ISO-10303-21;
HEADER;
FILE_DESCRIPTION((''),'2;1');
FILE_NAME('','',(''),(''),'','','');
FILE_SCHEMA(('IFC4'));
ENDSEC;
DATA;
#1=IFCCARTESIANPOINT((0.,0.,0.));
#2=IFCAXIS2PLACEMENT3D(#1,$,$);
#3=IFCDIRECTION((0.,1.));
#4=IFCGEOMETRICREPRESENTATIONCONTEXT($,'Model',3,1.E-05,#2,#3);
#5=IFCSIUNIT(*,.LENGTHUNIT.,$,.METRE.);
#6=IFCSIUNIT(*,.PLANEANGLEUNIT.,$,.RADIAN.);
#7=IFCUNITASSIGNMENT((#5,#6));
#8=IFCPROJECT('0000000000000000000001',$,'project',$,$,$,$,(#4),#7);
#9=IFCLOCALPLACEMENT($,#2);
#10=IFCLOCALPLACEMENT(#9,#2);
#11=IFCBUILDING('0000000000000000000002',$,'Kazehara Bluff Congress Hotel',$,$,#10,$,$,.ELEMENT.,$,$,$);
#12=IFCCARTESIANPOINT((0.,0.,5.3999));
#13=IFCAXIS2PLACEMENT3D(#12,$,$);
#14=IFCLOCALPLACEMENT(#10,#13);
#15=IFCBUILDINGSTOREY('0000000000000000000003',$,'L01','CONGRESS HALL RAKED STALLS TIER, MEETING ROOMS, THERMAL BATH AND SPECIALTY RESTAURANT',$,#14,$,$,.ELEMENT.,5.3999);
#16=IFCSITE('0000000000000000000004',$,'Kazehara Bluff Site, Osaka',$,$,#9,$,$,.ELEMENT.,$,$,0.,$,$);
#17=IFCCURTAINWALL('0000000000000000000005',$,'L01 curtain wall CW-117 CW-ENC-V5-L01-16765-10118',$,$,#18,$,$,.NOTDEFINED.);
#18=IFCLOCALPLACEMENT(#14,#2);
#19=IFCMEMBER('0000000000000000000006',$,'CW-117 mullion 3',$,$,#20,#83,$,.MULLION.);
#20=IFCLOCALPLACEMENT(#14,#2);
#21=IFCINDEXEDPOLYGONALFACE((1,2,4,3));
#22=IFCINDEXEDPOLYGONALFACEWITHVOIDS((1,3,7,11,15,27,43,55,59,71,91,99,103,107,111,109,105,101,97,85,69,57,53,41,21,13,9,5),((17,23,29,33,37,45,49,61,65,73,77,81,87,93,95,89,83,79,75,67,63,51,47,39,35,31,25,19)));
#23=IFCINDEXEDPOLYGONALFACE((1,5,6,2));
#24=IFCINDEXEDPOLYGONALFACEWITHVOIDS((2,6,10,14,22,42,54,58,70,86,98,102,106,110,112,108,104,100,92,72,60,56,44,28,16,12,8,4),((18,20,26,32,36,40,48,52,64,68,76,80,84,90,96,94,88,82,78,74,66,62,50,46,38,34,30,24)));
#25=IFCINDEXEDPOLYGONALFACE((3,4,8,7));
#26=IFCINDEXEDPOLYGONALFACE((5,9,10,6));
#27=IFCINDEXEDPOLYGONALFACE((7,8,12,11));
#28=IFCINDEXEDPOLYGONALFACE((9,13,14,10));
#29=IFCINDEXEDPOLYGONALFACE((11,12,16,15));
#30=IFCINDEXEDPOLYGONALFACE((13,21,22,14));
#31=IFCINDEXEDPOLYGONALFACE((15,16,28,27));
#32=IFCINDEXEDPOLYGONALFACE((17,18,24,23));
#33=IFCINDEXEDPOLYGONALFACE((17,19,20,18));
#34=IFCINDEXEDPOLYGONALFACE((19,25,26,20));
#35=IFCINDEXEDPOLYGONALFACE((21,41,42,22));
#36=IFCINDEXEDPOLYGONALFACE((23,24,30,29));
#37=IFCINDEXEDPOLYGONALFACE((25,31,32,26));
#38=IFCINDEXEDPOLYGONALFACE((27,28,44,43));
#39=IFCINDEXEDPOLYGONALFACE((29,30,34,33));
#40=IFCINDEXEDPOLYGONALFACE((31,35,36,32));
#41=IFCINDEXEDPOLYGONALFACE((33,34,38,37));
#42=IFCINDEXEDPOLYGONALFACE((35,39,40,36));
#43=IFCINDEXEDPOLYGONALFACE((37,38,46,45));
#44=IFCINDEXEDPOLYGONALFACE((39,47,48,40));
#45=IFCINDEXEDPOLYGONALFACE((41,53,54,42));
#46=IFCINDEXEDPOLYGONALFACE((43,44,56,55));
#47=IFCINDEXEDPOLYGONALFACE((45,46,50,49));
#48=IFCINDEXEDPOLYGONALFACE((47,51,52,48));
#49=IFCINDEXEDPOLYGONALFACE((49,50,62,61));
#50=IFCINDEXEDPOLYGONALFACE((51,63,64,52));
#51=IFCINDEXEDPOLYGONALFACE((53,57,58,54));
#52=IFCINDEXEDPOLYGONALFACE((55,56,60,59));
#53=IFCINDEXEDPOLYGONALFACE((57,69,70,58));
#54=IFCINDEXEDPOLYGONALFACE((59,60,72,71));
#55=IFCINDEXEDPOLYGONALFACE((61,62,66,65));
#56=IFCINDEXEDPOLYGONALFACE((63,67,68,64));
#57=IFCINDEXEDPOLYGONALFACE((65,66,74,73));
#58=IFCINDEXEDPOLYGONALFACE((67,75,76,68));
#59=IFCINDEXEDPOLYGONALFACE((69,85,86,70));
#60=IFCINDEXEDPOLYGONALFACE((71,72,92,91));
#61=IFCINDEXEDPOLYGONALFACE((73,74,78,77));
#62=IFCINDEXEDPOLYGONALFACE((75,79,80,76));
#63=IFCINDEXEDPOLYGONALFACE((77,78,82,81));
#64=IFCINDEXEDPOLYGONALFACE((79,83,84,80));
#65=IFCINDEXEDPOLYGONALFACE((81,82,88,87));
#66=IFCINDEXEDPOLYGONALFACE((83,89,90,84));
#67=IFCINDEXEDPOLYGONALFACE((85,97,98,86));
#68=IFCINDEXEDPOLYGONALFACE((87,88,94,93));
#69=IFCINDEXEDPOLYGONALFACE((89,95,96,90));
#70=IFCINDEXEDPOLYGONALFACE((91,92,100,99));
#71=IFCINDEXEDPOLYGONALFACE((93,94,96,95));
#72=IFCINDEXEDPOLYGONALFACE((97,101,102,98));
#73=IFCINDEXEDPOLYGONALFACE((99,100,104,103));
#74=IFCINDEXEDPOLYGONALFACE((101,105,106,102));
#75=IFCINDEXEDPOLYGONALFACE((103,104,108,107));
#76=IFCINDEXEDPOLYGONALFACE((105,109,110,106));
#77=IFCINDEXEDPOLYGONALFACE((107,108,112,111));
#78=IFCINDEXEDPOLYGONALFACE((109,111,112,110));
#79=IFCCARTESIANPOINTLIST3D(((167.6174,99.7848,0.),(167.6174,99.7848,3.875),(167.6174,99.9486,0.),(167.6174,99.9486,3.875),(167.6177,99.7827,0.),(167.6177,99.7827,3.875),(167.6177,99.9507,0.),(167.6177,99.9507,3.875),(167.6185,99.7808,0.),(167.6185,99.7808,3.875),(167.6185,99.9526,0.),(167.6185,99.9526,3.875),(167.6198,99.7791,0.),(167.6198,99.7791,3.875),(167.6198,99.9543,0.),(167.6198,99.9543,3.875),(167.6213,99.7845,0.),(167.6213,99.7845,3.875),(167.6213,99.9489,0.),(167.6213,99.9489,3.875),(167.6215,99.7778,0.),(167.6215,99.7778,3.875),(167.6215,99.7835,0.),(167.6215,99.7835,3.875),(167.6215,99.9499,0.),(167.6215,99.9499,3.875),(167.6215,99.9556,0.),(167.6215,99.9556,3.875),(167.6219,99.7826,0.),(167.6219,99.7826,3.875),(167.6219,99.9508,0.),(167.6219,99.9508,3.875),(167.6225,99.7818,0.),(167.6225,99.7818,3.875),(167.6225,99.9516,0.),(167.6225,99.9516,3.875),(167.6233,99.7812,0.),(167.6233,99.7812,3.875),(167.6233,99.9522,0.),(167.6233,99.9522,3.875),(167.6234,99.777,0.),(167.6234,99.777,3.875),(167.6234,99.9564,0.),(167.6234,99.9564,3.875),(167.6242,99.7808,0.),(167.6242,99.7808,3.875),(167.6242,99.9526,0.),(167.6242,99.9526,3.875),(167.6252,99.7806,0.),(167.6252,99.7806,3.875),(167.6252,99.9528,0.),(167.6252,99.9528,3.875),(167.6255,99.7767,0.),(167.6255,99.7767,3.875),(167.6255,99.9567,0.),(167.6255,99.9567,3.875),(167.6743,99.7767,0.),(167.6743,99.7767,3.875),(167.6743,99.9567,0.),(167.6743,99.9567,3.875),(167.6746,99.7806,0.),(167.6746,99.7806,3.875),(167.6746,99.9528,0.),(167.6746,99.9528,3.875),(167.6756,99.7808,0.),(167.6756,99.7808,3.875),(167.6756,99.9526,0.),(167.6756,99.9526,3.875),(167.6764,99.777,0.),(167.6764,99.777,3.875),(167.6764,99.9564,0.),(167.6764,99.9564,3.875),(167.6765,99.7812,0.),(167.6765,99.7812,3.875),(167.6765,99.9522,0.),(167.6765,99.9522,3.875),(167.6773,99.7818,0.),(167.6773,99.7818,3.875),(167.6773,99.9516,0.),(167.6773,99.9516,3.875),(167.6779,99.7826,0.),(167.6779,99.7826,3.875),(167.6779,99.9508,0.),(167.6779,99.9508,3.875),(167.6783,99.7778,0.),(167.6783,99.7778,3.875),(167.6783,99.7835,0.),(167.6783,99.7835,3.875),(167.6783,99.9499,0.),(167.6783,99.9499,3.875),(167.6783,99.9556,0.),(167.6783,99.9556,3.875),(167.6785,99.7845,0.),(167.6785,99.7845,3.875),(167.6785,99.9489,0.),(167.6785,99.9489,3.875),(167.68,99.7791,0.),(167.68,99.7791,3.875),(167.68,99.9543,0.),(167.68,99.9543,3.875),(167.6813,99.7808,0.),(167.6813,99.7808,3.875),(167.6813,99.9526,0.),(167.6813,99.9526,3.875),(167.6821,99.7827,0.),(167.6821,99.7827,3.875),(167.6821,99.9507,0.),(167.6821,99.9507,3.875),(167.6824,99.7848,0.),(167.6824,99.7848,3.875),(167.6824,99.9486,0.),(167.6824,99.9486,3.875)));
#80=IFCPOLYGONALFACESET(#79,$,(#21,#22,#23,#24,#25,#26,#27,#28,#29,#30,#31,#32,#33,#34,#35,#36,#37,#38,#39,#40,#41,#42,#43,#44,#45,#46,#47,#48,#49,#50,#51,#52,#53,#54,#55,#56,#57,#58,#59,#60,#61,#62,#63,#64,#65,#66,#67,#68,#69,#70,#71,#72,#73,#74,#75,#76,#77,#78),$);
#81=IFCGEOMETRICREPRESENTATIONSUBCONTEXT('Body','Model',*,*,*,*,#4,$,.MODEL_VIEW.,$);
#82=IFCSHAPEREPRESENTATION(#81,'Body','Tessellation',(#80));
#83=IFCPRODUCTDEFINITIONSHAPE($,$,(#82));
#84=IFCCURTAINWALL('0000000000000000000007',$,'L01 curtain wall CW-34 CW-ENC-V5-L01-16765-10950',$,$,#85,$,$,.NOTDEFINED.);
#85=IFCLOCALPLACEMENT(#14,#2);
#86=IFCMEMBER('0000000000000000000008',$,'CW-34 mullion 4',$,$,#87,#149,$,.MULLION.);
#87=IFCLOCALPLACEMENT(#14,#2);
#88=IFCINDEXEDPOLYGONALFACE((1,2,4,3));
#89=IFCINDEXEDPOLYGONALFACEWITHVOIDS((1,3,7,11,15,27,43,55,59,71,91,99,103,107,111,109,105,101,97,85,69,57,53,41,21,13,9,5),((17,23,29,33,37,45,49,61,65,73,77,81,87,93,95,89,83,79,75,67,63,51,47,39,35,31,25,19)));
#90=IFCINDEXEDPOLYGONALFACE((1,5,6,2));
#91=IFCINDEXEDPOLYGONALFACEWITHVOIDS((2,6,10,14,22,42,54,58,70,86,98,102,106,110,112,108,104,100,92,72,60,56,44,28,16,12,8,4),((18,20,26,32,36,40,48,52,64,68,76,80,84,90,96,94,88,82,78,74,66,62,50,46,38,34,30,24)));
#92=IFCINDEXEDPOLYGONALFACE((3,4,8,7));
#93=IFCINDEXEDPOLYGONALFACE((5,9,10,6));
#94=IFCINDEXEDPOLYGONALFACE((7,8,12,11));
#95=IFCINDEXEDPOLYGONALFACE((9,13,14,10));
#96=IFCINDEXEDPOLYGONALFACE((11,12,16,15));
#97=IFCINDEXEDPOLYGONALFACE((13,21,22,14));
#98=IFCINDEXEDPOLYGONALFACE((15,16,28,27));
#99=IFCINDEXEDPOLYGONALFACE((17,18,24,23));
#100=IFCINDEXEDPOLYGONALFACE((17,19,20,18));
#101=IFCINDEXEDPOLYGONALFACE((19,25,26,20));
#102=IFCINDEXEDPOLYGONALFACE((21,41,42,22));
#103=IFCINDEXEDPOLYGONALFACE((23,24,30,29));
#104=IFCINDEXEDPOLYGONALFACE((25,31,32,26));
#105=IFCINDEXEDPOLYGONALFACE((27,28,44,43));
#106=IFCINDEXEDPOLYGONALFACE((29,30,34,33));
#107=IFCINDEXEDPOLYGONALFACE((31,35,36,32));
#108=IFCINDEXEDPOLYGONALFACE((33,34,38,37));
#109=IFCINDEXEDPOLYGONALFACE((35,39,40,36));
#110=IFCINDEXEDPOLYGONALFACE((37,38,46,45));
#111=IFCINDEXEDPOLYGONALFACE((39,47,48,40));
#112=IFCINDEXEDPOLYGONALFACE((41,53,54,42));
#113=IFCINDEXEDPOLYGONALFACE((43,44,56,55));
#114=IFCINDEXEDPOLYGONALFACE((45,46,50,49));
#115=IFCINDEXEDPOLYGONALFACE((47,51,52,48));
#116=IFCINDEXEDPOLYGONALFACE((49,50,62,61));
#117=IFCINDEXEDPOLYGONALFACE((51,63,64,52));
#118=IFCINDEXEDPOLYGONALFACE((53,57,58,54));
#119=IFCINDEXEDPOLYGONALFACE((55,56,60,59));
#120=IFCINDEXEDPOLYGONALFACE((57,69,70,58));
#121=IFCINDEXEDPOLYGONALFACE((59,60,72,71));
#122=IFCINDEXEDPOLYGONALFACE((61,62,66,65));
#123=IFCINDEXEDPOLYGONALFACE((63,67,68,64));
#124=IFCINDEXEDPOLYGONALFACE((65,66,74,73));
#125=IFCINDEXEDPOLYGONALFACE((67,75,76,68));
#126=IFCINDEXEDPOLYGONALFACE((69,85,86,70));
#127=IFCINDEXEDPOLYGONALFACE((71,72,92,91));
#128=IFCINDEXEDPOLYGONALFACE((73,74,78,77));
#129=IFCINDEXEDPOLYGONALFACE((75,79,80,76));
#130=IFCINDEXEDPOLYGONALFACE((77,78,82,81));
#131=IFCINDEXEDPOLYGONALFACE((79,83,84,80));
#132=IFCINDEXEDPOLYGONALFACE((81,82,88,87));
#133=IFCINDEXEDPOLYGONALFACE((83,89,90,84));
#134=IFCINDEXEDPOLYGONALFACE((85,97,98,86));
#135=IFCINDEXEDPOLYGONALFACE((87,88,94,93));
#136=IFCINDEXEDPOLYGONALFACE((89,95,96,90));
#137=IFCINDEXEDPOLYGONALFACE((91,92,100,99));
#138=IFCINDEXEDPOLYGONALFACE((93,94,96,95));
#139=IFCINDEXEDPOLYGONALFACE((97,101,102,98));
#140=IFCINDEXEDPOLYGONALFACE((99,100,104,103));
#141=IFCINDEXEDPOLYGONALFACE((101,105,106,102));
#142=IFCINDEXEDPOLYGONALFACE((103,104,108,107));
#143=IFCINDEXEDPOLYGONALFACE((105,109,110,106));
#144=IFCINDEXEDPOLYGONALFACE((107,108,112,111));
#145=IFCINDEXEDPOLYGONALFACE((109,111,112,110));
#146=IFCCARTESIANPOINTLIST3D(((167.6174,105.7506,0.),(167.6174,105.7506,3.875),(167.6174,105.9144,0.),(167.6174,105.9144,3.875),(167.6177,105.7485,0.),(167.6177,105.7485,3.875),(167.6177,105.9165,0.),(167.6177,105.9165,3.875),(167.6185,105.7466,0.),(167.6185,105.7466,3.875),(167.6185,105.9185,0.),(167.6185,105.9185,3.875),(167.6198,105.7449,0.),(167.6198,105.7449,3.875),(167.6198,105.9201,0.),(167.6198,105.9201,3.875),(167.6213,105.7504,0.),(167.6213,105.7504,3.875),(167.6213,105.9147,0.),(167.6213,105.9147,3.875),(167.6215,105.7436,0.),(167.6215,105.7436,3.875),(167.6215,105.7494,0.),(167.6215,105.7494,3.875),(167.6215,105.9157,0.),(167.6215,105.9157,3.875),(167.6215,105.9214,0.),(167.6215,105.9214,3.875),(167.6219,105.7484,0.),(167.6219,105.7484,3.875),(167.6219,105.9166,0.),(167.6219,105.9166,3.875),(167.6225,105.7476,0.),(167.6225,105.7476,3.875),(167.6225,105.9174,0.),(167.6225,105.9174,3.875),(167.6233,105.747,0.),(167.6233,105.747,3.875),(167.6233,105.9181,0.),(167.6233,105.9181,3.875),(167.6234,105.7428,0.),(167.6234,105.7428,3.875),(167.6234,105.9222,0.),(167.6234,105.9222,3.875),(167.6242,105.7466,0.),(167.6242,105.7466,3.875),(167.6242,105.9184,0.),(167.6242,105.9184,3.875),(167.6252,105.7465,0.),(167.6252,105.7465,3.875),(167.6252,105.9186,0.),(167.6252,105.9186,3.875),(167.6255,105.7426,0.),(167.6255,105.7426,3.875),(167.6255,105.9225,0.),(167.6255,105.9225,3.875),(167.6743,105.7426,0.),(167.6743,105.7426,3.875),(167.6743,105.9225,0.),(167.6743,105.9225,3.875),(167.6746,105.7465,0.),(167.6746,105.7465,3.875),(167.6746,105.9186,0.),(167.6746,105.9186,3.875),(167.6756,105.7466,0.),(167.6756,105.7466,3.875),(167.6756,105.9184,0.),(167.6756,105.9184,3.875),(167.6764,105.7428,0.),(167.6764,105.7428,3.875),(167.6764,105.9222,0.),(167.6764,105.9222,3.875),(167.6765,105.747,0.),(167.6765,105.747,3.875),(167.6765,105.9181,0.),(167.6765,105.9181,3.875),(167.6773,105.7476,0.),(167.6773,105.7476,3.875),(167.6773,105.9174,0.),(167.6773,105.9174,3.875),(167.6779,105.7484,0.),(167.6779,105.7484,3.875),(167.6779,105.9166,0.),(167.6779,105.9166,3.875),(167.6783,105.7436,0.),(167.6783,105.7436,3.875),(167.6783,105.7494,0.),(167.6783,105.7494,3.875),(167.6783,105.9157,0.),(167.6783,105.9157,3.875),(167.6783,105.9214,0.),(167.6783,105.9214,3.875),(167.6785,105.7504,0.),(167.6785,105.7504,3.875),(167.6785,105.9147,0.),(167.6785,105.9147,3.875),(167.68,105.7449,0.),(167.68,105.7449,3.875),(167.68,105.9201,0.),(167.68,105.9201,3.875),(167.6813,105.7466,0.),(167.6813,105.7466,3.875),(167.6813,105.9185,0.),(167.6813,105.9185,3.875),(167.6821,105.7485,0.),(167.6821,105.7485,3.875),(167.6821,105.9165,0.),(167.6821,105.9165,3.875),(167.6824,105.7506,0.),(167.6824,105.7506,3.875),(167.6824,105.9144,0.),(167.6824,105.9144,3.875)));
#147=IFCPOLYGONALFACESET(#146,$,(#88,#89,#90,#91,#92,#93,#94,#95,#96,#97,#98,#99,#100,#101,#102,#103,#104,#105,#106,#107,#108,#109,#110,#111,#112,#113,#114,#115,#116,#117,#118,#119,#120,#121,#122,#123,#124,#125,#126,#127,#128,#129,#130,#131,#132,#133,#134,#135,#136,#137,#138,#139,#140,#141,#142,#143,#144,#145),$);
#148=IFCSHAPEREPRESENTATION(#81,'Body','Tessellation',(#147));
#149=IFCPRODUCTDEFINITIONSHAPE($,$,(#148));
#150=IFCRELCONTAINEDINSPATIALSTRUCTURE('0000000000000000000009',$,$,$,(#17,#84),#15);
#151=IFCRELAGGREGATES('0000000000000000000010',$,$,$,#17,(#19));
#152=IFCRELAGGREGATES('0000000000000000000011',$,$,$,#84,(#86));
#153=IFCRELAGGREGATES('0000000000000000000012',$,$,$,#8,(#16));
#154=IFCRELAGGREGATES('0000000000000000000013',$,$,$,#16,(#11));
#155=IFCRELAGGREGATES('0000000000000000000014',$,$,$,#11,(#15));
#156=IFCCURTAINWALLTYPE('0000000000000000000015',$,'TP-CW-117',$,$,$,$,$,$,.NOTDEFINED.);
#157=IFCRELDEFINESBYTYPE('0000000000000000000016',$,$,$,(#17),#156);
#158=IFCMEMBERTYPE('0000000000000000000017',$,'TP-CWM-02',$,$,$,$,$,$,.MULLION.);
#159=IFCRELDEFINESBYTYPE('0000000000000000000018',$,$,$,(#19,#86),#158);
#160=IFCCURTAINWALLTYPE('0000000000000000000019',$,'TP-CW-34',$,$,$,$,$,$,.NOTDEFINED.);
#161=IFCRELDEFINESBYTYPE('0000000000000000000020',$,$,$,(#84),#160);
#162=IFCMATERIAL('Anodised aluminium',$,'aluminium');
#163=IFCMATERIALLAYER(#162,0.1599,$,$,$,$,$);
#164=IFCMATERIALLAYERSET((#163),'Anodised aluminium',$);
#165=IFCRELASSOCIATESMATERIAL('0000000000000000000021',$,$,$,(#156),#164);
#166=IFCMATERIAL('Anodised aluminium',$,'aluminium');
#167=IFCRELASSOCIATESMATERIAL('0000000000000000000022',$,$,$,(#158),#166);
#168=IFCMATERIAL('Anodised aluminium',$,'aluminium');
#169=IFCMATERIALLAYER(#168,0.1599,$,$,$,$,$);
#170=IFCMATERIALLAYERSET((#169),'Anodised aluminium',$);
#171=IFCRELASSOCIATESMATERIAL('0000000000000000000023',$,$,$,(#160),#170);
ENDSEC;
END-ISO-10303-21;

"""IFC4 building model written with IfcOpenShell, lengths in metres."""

from ifc_helpers import new_model, si_unit, direction, frame, origin, origin_2d, place, context, subcontext, project, spatial, hollow_rectangle, extrude, material, layer, layer_set, material_profile, profile_set, type_object, element, aggregate, save


model = new_model("IFC4")

# Units and contexts
model_context = context("Model", 3, precision=1e-05, world=origin(), true_north=direction((0.0, 1.0)))
body_context = subcontext(model_context, "Body", "Model", "MODEL_VIEW")
ifc_project = project(units=[si_unit("LENGTHUNIT", "METRE"), si_unit("PLANEANGLEUNIT", "RADIAN")], contexts=[model_context])

# Site, building, storey
site_placement = place(None, origin())
site = spatial("IfcSite", under=ifc_project, at=site_placement, Name="Kazehara Bluff Site, Osaka", CompositionType="ELEMENT", RefElevation=0.0)
building_placement = place(site_placement, origin())
building = spatial("IfcBuilding", under=site, at=building_placement, Name="Kazehara Bluff Congress Hotel", CompositionType="ELEMENT")
storey_placement = place(building_placement, frame((0.0, 0.0, 5.3999)))
storey = spatial("IfcBuildingStorey", under=building, at=storey_placement, Name="L01", Description="CONGRESS HALL RAKED STALLS TIER, MEETING ROOMS, THERMAL BATH AND SPECIALTY RESTAURANT", CompositionType="ELEMENT", Elevation=5.3999)

# Curtain wall, member
ifc_material_1 = material(Name="Anodised aluminium", Category="aluminium")
ifc_layer_1 = layer(ifc_material_1, 0.1599)
ifc_layer_set_1 = layer_set([ifc_layer_1], Name="Anodised aluminium")
curtain_wall_type_1 = type_object("IfcCurtainWallType", Name="TP-CW-117", PredefinedType="NOTDEFINED", material=ifc_layer_set_1)
curtain_wall_1_placement = place(storey_placement, origin())
curtain_wall_1 = element("IfcCurtainWall", 1, at=curtain_wall_1_placement, inside=storey, type_object=curtain_wall_type_1, Name="L01 curtain wall CW-117 CW-ENC-V5-L01-16765-10118", PredefinedType="NOTDEFINED")
ifc_material_2 = material(Name="Anodised aluminium", Category="aluminium")
ifc_material_profile_1 = material_profile(ifc_material_2, hollow_rectangle(XDim=0.0649, YDim=0.1799, WallThickness=0.0039, InnerFilletRadius=0.0039, OuterFilletRadius=0.0081, at=origin_2d()))
ifc_profile_set_1 = profile_set([ifc_material_profile_1], Name="Anodised aluminium")
member_type_1 = type_object("IfcMemberType", Name="TP-CWM-02", PredefinedType="MULLION", material=ifc_profile_set_1)
member_1_placement = place(storey_placement, frame((167.6499, 99.8667, 0.0), z_axis=(0.0, 0.0, 1.0), x_axis=(1.0, 0.0, 0.0)))
member_1 = element("IfcMember", 2, at=member_1_placement, type_object=member_type_1, Name="CW-117 mullion 3", PredefinedType="MULLION", context=body_context, shape_type="SweptSolid", body=[
    extrude(hollow_rectangle(XDim=0.0649, YDim=0.1799, WallThickness=0.0039, InnerFilletRadius=0.0039, OuterFilletRadius=0.0081, at=origin_2d()), origin(), (0.0, 0.0, 1.0), 3.875),
])

# Curtain wall, member
ifc_material_3 = material(Name="Anodised aluminium", Category="aluminium")
ifc_layer_2 = layer(ifc_material_3, 0.1599)
ifc_layer_set_2 = layer_set([ifc_layer_2], Name="Anodised aluminium")
curtain_wall_type_2 = type_object("IfcCurtainWallType", Name="TP-CW-34", PredefinedType="NOTDEFINED", material=ifc_layer_set_2)
curtain_wall_2_placement = place(storey_placement, origin())
curtain_wall_2 = element("IfcCurtainWall", 3, at=curtain_wall_2_placement, inside=storey, type_object=curtain_wall_type_2, Name="L01 curtain wall CW-34 CW-ENC-V5-L01-16765-10950", PredefinedType="NOTDEFINED")
member_2_placement = place(storey_placement, frame((167.6499, 105.8325, 0.0), z_axis=(0.0, 0.0, 1.0), x_axis=(1.0, 0.0, 0.0)))
member_2 = element("IfcMember", 4, at=member_2_placement, type_object=member_type_1, Name="CW-34 mullion 4", PredefinedType="MULLION", context=body_context, shape_type="SweptSolid", body=[
    extrude(hollow_rectangle(XDim=0.0649, YDim=0.1799, WallThickness=0.0039, InnerFilletRadius=0.0039, OuterFilletRadius=0.0081, at=origin_2d()), origin(), (0.0, 0.0, 1.0), 3.875),
])

aggregate(curtain_wall_1, [member_1])
aggregate(curtain_wall_2, [member_2])

save(model, "model.ifc")
